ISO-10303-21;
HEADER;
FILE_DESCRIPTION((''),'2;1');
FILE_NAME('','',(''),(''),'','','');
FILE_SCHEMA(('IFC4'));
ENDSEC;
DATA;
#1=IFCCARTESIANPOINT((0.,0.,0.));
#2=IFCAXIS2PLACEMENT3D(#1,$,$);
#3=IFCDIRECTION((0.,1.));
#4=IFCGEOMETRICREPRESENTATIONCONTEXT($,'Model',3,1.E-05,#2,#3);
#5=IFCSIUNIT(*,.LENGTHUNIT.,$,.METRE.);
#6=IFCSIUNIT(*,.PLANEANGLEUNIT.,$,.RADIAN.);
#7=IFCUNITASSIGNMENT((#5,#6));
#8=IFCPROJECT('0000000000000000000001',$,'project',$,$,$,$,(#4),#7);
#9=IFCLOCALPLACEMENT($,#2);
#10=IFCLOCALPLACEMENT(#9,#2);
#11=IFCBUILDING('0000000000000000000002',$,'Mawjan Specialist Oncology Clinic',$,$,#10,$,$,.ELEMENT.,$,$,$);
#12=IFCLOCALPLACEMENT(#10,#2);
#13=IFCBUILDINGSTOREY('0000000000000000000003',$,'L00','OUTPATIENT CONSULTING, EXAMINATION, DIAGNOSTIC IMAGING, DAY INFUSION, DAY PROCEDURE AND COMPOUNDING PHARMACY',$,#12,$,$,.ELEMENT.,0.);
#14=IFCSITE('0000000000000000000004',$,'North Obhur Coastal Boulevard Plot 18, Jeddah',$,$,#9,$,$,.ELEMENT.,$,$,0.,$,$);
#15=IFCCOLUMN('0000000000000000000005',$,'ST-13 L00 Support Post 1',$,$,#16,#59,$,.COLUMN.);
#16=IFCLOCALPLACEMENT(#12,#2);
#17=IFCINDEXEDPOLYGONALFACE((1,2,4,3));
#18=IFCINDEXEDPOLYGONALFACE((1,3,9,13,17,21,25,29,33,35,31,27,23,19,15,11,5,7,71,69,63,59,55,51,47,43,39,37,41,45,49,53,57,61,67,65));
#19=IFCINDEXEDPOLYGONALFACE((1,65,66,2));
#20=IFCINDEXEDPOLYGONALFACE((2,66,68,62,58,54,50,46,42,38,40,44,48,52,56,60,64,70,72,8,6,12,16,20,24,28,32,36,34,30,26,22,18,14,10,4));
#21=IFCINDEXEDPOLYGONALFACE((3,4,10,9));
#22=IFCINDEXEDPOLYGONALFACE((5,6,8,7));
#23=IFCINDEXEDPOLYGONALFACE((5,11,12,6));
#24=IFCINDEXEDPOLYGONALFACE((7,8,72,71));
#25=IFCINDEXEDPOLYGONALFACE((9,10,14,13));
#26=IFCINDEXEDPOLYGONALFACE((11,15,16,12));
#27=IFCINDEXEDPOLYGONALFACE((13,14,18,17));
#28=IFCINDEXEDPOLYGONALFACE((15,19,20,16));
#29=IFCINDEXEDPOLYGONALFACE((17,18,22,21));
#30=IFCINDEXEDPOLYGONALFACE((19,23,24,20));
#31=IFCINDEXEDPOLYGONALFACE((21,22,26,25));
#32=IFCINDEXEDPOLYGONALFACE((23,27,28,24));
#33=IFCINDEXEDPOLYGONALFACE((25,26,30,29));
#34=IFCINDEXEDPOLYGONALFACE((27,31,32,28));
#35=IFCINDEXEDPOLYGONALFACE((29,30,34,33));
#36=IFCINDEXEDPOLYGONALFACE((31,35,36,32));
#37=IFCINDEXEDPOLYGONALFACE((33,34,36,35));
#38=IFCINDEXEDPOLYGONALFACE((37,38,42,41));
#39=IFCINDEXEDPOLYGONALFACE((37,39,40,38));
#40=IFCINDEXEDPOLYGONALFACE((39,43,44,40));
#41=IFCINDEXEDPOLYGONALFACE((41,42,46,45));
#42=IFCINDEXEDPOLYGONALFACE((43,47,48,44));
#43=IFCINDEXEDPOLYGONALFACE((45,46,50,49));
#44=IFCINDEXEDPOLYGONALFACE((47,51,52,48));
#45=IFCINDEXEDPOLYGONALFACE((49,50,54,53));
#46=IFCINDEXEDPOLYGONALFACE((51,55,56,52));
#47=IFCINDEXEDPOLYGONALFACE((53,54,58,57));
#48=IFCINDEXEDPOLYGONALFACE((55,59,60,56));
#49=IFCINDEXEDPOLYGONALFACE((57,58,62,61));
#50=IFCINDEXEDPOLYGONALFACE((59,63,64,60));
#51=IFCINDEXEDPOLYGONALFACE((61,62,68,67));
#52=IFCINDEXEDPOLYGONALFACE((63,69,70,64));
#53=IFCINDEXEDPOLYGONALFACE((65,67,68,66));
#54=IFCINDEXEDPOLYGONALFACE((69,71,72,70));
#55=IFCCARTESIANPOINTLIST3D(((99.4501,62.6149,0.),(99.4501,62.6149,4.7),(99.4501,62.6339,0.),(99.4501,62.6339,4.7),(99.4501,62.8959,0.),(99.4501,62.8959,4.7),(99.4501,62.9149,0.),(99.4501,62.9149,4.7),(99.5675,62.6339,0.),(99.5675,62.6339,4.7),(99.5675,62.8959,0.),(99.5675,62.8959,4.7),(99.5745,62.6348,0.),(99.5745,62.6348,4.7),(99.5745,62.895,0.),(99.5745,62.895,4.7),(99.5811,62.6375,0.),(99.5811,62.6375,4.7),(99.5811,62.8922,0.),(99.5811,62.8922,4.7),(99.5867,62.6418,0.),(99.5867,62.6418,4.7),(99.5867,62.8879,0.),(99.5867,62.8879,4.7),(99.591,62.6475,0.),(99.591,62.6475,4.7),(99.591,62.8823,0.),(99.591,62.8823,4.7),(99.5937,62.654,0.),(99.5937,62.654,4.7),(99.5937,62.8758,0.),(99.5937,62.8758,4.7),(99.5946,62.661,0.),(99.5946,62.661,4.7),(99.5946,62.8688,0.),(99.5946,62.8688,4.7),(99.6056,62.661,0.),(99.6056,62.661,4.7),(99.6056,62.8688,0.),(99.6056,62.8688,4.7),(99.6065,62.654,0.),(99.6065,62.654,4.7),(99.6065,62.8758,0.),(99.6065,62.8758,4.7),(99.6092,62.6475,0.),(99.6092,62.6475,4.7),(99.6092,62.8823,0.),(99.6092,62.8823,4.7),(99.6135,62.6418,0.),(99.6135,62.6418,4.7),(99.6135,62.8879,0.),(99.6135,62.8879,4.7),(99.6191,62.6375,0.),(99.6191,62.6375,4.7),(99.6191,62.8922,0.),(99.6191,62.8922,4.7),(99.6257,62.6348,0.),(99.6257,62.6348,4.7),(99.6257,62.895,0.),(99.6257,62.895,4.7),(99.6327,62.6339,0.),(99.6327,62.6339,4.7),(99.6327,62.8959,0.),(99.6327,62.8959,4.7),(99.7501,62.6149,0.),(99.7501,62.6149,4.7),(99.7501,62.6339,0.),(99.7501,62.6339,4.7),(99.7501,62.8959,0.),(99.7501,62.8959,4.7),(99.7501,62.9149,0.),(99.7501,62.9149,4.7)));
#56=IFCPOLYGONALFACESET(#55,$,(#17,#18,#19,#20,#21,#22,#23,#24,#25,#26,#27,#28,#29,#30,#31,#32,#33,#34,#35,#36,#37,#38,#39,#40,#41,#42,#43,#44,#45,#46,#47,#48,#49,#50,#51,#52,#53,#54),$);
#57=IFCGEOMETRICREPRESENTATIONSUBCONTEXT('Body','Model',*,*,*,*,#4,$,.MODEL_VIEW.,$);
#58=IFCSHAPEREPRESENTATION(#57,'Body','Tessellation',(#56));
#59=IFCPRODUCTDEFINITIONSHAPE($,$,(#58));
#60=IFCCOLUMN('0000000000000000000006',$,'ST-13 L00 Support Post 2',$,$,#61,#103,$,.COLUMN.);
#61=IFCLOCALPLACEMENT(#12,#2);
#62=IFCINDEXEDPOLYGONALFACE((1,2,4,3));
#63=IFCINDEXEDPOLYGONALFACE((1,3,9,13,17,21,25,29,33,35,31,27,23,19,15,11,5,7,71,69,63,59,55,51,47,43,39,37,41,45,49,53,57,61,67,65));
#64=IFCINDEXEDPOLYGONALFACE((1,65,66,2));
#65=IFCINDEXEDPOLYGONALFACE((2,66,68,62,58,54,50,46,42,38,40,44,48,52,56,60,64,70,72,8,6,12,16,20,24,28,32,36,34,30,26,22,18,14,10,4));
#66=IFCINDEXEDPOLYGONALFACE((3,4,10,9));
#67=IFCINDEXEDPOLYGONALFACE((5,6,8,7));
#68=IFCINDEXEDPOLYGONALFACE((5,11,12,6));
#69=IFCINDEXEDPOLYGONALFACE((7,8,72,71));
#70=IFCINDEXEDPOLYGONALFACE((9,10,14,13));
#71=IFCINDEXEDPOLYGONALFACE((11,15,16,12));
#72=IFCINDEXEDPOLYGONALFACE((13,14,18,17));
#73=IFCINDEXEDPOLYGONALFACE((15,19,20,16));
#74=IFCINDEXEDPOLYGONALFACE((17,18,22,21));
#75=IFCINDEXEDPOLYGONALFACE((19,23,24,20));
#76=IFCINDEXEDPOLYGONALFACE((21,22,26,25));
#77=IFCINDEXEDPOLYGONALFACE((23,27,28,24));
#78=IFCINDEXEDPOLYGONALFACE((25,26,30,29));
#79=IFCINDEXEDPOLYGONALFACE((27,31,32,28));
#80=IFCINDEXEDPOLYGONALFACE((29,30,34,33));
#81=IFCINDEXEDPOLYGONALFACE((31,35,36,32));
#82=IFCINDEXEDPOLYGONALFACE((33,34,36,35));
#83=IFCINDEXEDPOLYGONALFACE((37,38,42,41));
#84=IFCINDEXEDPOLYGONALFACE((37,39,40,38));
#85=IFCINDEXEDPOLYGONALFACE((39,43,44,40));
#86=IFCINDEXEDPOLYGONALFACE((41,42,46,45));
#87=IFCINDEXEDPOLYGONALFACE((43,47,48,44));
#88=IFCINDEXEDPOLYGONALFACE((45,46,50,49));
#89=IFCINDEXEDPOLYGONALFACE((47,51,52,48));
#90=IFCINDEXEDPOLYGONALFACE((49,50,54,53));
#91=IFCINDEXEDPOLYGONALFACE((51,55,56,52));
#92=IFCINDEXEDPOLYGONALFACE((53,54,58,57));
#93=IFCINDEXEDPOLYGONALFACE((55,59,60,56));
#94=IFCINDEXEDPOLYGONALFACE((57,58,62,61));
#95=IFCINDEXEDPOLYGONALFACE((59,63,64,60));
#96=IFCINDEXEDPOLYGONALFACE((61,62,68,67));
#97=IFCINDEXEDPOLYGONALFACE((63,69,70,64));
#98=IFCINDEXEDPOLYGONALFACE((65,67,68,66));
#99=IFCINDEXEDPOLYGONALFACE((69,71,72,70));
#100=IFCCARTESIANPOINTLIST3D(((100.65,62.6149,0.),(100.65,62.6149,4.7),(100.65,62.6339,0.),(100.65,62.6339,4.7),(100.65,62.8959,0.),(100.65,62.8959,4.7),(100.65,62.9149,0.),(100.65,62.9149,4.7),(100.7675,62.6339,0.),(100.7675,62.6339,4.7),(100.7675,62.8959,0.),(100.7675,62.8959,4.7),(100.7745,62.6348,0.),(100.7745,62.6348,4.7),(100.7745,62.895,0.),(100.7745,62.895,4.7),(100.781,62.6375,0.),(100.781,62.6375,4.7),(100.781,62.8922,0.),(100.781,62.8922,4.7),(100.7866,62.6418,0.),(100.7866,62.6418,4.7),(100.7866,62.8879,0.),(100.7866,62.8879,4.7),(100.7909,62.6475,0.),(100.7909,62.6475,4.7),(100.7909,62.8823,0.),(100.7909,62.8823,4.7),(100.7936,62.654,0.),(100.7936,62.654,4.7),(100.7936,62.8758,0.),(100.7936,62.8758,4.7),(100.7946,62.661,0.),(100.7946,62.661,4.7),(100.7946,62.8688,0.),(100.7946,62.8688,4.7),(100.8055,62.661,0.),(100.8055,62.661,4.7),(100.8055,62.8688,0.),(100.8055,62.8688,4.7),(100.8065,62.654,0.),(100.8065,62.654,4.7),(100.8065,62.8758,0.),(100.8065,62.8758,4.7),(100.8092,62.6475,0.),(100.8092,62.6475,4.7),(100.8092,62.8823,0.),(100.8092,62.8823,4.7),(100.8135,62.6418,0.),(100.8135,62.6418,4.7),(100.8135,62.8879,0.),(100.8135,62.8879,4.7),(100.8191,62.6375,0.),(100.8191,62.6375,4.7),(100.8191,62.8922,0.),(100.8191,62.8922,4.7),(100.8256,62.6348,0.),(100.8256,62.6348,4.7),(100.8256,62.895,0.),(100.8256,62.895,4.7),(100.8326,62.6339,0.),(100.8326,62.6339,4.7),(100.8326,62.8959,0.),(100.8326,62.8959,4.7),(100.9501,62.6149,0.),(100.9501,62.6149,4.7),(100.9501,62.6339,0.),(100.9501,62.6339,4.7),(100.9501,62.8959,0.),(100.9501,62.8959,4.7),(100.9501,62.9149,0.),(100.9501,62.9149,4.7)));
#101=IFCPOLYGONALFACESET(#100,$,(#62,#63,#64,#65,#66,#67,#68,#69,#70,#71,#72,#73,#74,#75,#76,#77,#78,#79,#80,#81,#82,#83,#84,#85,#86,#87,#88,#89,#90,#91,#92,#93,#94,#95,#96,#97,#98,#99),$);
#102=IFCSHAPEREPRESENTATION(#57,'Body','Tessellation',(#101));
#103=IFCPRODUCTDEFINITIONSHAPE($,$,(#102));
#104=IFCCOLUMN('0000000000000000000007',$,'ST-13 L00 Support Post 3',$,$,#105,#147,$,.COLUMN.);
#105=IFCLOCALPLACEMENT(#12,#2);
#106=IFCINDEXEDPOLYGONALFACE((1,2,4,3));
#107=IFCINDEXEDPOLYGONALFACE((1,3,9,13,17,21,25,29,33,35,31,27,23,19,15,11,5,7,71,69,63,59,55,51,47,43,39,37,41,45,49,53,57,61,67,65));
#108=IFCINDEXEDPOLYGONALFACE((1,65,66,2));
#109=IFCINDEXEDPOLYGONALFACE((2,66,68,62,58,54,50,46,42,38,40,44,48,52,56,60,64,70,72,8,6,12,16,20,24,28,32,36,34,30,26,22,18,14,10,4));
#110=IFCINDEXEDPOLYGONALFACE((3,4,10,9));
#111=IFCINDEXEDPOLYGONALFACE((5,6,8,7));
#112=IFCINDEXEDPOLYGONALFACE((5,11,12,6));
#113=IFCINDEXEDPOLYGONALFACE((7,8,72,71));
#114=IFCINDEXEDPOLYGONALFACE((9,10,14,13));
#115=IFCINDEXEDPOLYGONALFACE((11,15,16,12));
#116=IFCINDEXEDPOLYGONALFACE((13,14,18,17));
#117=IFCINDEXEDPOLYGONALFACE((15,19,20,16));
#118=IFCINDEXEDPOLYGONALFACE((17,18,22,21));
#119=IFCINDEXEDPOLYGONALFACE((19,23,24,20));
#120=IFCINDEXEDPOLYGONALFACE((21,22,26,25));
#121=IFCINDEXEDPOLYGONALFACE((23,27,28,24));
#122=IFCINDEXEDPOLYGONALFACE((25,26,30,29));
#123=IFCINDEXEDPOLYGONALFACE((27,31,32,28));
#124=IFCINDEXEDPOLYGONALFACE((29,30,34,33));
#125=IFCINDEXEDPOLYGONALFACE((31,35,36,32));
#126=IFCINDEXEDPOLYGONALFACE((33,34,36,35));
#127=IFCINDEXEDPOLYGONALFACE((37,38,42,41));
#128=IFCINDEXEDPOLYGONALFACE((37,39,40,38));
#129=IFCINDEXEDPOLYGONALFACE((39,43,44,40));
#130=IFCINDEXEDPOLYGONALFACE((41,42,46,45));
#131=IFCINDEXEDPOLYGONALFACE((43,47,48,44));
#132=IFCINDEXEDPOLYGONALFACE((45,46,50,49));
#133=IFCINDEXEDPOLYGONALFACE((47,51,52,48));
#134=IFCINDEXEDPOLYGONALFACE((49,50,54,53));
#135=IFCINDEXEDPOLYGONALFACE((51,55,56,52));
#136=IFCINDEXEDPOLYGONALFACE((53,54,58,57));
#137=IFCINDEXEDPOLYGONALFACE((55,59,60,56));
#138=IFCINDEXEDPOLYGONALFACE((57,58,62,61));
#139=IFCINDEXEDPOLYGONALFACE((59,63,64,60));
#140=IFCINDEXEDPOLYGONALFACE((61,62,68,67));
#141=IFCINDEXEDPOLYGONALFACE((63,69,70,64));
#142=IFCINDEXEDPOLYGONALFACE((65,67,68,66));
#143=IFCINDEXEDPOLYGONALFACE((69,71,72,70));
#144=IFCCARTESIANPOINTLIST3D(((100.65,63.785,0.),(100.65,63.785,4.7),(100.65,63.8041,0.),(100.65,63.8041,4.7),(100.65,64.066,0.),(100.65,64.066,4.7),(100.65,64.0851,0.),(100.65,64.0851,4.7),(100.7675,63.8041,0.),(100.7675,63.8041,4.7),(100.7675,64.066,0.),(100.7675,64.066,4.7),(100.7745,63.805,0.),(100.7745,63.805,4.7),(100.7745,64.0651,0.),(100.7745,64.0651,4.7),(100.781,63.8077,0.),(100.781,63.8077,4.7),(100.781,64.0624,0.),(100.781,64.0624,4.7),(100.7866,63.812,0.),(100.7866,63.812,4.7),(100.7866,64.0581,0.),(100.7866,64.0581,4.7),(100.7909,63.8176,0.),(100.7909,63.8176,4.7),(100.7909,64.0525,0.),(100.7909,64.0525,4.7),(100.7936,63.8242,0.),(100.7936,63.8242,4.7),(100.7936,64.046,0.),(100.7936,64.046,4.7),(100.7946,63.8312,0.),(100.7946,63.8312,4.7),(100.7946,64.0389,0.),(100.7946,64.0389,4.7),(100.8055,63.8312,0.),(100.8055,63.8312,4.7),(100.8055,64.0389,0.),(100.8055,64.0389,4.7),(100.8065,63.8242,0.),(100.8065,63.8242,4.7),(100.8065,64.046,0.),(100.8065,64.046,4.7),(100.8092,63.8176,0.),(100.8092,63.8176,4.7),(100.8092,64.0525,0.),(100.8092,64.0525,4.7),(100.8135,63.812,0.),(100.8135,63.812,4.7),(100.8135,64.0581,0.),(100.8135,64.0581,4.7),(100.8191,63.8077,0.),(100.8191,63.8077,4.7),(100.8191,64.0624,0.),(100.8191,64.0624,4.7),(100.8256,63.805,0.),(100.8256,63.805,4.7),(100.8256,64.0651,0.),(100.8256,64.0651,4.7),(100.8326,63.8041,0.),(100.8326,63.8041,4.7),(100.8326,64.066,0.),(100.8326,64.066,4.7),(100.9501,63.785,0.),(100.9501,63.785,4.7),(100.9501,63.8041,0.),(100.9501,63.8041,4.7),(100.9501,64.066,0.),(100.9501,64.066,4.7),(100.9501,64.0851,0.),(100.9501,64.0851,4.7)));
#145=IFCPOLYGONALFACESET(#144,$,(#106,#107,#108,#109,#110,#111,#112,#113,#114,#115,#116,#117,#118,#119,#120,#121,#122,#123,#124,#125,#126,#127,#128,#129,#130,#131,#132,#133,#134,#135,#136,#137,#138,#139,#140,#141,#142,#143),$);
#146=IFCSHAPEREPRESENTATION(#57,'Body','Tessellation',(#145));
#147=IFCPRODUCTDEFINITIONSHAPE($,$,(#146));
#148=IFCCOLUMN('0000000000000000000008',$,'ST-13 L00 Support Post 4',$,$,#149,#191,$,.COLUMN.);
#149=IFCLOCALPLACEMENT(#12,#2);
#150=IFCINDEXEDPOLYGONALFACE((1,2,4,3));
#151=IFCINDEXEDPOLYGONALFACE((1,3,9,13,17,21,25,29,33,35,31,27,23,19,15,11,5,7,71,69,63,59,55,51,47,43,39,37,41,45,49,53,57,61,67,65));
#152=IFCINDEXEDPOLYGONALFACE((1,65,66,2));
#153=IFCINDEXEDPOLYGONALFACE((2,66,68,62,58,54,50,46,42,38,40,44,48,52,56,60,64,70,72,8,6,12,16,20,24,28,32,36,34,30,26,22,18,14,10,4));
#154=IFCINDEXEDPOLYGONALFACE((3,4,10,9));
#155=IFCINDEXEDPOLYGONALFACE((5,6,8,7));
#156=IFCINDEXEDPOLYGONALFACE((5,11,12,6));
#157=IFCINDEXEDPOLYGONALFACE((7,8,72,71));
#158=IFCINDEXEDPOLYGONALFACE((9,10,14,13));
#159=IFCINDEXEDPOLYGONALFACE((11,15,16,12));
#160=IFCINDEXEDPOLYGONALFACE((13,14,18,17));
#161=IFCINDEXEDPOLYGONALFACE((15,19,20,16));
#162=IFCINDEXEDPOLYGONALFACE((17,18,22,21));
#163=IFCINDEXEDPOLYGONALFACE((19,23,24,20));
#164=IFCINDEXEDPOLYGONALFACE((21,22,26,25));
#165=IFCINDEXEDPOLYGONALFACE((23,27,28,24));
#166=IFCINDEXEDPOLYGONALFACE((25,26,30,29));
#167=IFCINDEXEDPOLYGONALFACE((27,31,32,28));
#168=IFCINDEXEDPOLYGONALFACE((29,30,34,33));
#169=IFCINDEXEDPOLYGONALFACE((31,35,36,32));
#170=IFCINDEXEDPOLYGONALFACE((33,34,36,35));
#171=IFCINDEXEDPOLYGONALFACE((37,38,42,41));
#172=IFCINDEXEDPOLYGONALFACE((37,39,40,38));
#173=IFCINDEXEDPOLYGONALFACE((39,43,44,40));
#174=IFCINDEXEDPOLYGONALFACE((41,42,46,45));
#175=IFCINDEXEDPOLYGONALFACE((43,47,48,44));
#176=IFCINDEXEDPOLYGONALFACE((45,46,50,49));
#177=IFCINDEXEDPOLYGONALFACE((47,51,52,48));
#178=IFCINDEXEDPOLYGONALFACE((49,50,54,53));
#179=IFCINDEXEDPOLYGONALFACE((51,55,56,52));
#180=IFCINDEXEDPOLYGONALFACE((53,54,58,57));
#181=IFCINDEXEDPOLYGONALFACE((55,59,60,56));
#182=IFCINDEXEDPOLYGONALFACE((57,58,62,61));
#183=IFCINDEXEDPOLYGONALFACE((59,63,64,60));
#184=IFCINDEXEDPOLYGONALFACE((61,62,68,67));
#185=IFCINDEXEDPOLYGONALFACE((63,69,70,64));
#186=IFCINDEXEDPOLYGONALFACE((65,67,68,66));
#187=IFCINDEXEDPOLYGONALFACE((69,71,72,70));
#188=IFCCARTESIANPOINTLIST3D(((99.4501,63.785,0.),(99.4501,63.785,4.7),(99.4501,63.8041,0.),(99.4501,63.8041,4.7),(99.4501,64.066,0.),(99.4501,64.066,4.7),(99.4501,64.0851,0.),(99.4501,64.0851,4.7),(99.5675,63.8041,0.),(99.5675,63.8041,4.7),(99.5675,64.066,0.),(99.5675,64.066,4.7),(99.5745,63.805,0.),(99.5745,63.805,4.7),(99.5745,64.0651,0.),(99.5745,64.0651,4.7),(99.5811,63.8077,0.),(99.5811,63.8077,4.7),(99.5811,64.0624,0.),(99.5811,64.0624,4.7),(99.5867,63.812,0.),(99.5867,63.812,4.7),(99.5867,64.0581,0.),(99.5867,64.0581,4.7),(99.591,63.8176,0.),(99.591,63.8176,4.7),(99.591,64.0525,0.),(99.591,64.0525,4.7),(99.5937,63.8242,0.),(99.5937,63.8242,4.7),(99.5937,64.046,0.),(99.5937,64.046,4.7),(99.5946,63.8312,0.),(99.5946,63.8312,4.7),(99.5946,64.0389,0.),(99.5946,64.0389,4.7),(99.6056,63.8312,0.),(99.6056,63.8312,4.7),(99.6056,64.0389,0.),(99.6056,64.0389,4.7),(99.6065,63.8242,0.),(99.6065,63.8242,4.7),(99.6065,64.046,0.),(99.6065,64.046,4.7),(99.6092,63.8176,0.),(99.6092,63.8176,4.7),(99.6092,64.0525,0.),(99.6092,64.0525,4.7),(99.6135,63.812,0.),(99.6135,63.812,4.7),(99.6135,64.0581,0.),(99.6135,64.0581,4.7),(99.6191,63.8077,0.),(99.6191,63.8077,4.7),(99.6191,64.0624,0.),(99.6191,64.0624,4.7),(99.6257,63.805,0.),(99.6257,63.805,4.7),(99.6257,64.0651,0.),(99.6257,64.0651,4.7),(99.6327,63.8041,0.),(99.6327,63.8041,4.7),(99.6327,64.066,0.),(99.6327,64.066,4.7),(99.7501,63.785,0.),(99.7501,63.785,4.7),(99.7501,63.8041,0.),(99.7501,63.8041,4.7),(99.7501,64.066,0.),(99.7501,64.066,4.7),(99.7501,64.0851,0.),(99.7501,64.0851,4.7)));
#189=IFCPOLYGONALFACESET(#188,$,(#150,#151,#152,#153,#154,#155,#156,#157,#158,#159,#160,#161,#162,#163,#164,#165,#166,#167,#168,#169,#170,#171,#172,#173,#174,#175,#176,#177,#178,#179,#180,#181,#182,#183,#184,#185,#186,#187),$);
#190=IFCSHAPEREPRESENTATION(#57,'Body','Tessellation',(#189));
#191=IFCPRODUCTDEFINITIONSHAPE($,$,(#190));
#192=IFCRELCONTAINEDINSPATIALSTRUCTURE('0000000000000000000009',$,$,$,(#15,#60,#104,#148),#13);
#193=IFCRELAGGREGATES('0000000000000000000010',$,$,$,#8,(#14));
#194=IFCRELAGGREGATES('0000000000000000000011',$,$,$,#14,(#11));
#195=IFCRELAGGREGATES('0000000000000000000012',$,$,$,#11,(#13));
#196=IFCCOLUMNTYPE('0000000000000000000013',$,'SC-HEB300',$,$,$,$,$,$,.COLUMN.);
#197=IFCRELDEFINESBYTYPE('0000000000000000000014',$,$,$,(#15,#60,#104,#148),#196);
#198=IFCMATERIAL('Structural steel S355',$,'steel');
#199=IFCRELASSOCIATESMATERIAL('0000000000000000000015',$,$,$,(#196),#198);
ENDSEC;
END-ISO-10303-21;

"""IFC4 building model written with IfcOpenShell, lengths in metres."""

from ifc_helpers import new_model, si_unit, direction, frame, origin, origin_2d, place, context, subcontext, project, spatial, i_section, extrude, material, material_profile, profile_set, type_object, element, save


model = new_model("IFC4")

# Units and contexts
model_context = context("Model", 3, precision=1e-05, world=origin(), true_north=direction((0.0, 1.0)))
body_context = subcontext(model_context, "Body", "Model", "MODEL_VIEW")
ifc_project = project(units=[si_unit("LENGTHUNIT", "METRE"), si_unit("PLANEANGLEUNIT", "RADIAN")], contexts=[model_context])

# Site, building, storey
site_placement = place(None, origin())
site = spatial("IfcSite", under=ifc_project, at=site_placement, Name="North Obhur Coastal Boulevard Plot 18, Jeddah", CompositionType="ELEMENT", RefElevation=0.0)
building_placement = place(site_placement, origin())
building = spatial("IfcBuilding", under=site, at=building_placement, Name="Mawjan Specialist Oncology Clinic", CompositionType="ELEMENT")
storey_placement = place(building_placement, origin())
storey = spatial("IfcBuildingStorey", under=building, at=storey_placement, Name="L00", Description="OUTPATIENT CONSULTING, EXAMINATION, DIAGNOSTIC IMAGING, DAY INFUSION, DAY PROCEDURE AND COMPOUNDING PHARMACY", CompositionType="ELEMENT", Elevation=0.0)

# Columns
ifc_material_1 = material(Name="Structural steel S355", Category="steel")
ifc_material_profile_1 = material_profile(ifc_material_1, i_section(OverallWidth=0.3, OverallDepth=0.3, WebThickness=0.011, FlangeThickness=0.019, FilletRadius=0.0271, at=origin_2d()), Name="HEB 300", Category="steel")
ifc_profile_set_1 = profile_set([ifc_material_profile_1], Name="Structural steel S355")
column_type_1 = type_object("IfcColumnType", Name="SC-HEB300", PredefinedType="COLUMN", material=ifc_profile_set_1)
for number, where, z_axis, x_axis, name in (
    (1, (99.6001, 62.7649, 0.0), (0.0, 0.0, 1.0), (1.0, 0.0, 0.0), "ST-13 L00 Support Post 1"),
    (2, (100.8, 62.7649, 0.0), (0.0, 0.0, 1.0), (1.0, 0.0, 0.0), "ST-13 L00 Support Post 2"),
    (3, (100.8, 63.9351, 0.0), (0.0, 0.0, 1.0), (1.0, 0.0, 0.0), "ST-13 L00 Support Post 3"),
    (4, (99.6001, 63.9351, 0.0), (0.0, 0.0, 1.0), (1.0, 0.0, 0.0), "ST-13 L00 Support Post 4"),
):
    element("IfcColumn", number, at=place(storey_placement, frame(where, z_axis=z_axis, x_axis=x_axis)), inside=storey, type_object=column_type_1, Name=name, PredefinedType="COLUMN", context=body_context, shape_type="SweptSolid", body=[
        extrude(i_section(OverallWidth=0.3, OverallDepth=0.3, WebThickness=0.011, FlangeThickness=0.019, FilletRadius=0.0271, at=origin_2d()), origin(), (0.0, 0.0, 1.0), 4.7),
    ])

save(model, "model.ifc")
